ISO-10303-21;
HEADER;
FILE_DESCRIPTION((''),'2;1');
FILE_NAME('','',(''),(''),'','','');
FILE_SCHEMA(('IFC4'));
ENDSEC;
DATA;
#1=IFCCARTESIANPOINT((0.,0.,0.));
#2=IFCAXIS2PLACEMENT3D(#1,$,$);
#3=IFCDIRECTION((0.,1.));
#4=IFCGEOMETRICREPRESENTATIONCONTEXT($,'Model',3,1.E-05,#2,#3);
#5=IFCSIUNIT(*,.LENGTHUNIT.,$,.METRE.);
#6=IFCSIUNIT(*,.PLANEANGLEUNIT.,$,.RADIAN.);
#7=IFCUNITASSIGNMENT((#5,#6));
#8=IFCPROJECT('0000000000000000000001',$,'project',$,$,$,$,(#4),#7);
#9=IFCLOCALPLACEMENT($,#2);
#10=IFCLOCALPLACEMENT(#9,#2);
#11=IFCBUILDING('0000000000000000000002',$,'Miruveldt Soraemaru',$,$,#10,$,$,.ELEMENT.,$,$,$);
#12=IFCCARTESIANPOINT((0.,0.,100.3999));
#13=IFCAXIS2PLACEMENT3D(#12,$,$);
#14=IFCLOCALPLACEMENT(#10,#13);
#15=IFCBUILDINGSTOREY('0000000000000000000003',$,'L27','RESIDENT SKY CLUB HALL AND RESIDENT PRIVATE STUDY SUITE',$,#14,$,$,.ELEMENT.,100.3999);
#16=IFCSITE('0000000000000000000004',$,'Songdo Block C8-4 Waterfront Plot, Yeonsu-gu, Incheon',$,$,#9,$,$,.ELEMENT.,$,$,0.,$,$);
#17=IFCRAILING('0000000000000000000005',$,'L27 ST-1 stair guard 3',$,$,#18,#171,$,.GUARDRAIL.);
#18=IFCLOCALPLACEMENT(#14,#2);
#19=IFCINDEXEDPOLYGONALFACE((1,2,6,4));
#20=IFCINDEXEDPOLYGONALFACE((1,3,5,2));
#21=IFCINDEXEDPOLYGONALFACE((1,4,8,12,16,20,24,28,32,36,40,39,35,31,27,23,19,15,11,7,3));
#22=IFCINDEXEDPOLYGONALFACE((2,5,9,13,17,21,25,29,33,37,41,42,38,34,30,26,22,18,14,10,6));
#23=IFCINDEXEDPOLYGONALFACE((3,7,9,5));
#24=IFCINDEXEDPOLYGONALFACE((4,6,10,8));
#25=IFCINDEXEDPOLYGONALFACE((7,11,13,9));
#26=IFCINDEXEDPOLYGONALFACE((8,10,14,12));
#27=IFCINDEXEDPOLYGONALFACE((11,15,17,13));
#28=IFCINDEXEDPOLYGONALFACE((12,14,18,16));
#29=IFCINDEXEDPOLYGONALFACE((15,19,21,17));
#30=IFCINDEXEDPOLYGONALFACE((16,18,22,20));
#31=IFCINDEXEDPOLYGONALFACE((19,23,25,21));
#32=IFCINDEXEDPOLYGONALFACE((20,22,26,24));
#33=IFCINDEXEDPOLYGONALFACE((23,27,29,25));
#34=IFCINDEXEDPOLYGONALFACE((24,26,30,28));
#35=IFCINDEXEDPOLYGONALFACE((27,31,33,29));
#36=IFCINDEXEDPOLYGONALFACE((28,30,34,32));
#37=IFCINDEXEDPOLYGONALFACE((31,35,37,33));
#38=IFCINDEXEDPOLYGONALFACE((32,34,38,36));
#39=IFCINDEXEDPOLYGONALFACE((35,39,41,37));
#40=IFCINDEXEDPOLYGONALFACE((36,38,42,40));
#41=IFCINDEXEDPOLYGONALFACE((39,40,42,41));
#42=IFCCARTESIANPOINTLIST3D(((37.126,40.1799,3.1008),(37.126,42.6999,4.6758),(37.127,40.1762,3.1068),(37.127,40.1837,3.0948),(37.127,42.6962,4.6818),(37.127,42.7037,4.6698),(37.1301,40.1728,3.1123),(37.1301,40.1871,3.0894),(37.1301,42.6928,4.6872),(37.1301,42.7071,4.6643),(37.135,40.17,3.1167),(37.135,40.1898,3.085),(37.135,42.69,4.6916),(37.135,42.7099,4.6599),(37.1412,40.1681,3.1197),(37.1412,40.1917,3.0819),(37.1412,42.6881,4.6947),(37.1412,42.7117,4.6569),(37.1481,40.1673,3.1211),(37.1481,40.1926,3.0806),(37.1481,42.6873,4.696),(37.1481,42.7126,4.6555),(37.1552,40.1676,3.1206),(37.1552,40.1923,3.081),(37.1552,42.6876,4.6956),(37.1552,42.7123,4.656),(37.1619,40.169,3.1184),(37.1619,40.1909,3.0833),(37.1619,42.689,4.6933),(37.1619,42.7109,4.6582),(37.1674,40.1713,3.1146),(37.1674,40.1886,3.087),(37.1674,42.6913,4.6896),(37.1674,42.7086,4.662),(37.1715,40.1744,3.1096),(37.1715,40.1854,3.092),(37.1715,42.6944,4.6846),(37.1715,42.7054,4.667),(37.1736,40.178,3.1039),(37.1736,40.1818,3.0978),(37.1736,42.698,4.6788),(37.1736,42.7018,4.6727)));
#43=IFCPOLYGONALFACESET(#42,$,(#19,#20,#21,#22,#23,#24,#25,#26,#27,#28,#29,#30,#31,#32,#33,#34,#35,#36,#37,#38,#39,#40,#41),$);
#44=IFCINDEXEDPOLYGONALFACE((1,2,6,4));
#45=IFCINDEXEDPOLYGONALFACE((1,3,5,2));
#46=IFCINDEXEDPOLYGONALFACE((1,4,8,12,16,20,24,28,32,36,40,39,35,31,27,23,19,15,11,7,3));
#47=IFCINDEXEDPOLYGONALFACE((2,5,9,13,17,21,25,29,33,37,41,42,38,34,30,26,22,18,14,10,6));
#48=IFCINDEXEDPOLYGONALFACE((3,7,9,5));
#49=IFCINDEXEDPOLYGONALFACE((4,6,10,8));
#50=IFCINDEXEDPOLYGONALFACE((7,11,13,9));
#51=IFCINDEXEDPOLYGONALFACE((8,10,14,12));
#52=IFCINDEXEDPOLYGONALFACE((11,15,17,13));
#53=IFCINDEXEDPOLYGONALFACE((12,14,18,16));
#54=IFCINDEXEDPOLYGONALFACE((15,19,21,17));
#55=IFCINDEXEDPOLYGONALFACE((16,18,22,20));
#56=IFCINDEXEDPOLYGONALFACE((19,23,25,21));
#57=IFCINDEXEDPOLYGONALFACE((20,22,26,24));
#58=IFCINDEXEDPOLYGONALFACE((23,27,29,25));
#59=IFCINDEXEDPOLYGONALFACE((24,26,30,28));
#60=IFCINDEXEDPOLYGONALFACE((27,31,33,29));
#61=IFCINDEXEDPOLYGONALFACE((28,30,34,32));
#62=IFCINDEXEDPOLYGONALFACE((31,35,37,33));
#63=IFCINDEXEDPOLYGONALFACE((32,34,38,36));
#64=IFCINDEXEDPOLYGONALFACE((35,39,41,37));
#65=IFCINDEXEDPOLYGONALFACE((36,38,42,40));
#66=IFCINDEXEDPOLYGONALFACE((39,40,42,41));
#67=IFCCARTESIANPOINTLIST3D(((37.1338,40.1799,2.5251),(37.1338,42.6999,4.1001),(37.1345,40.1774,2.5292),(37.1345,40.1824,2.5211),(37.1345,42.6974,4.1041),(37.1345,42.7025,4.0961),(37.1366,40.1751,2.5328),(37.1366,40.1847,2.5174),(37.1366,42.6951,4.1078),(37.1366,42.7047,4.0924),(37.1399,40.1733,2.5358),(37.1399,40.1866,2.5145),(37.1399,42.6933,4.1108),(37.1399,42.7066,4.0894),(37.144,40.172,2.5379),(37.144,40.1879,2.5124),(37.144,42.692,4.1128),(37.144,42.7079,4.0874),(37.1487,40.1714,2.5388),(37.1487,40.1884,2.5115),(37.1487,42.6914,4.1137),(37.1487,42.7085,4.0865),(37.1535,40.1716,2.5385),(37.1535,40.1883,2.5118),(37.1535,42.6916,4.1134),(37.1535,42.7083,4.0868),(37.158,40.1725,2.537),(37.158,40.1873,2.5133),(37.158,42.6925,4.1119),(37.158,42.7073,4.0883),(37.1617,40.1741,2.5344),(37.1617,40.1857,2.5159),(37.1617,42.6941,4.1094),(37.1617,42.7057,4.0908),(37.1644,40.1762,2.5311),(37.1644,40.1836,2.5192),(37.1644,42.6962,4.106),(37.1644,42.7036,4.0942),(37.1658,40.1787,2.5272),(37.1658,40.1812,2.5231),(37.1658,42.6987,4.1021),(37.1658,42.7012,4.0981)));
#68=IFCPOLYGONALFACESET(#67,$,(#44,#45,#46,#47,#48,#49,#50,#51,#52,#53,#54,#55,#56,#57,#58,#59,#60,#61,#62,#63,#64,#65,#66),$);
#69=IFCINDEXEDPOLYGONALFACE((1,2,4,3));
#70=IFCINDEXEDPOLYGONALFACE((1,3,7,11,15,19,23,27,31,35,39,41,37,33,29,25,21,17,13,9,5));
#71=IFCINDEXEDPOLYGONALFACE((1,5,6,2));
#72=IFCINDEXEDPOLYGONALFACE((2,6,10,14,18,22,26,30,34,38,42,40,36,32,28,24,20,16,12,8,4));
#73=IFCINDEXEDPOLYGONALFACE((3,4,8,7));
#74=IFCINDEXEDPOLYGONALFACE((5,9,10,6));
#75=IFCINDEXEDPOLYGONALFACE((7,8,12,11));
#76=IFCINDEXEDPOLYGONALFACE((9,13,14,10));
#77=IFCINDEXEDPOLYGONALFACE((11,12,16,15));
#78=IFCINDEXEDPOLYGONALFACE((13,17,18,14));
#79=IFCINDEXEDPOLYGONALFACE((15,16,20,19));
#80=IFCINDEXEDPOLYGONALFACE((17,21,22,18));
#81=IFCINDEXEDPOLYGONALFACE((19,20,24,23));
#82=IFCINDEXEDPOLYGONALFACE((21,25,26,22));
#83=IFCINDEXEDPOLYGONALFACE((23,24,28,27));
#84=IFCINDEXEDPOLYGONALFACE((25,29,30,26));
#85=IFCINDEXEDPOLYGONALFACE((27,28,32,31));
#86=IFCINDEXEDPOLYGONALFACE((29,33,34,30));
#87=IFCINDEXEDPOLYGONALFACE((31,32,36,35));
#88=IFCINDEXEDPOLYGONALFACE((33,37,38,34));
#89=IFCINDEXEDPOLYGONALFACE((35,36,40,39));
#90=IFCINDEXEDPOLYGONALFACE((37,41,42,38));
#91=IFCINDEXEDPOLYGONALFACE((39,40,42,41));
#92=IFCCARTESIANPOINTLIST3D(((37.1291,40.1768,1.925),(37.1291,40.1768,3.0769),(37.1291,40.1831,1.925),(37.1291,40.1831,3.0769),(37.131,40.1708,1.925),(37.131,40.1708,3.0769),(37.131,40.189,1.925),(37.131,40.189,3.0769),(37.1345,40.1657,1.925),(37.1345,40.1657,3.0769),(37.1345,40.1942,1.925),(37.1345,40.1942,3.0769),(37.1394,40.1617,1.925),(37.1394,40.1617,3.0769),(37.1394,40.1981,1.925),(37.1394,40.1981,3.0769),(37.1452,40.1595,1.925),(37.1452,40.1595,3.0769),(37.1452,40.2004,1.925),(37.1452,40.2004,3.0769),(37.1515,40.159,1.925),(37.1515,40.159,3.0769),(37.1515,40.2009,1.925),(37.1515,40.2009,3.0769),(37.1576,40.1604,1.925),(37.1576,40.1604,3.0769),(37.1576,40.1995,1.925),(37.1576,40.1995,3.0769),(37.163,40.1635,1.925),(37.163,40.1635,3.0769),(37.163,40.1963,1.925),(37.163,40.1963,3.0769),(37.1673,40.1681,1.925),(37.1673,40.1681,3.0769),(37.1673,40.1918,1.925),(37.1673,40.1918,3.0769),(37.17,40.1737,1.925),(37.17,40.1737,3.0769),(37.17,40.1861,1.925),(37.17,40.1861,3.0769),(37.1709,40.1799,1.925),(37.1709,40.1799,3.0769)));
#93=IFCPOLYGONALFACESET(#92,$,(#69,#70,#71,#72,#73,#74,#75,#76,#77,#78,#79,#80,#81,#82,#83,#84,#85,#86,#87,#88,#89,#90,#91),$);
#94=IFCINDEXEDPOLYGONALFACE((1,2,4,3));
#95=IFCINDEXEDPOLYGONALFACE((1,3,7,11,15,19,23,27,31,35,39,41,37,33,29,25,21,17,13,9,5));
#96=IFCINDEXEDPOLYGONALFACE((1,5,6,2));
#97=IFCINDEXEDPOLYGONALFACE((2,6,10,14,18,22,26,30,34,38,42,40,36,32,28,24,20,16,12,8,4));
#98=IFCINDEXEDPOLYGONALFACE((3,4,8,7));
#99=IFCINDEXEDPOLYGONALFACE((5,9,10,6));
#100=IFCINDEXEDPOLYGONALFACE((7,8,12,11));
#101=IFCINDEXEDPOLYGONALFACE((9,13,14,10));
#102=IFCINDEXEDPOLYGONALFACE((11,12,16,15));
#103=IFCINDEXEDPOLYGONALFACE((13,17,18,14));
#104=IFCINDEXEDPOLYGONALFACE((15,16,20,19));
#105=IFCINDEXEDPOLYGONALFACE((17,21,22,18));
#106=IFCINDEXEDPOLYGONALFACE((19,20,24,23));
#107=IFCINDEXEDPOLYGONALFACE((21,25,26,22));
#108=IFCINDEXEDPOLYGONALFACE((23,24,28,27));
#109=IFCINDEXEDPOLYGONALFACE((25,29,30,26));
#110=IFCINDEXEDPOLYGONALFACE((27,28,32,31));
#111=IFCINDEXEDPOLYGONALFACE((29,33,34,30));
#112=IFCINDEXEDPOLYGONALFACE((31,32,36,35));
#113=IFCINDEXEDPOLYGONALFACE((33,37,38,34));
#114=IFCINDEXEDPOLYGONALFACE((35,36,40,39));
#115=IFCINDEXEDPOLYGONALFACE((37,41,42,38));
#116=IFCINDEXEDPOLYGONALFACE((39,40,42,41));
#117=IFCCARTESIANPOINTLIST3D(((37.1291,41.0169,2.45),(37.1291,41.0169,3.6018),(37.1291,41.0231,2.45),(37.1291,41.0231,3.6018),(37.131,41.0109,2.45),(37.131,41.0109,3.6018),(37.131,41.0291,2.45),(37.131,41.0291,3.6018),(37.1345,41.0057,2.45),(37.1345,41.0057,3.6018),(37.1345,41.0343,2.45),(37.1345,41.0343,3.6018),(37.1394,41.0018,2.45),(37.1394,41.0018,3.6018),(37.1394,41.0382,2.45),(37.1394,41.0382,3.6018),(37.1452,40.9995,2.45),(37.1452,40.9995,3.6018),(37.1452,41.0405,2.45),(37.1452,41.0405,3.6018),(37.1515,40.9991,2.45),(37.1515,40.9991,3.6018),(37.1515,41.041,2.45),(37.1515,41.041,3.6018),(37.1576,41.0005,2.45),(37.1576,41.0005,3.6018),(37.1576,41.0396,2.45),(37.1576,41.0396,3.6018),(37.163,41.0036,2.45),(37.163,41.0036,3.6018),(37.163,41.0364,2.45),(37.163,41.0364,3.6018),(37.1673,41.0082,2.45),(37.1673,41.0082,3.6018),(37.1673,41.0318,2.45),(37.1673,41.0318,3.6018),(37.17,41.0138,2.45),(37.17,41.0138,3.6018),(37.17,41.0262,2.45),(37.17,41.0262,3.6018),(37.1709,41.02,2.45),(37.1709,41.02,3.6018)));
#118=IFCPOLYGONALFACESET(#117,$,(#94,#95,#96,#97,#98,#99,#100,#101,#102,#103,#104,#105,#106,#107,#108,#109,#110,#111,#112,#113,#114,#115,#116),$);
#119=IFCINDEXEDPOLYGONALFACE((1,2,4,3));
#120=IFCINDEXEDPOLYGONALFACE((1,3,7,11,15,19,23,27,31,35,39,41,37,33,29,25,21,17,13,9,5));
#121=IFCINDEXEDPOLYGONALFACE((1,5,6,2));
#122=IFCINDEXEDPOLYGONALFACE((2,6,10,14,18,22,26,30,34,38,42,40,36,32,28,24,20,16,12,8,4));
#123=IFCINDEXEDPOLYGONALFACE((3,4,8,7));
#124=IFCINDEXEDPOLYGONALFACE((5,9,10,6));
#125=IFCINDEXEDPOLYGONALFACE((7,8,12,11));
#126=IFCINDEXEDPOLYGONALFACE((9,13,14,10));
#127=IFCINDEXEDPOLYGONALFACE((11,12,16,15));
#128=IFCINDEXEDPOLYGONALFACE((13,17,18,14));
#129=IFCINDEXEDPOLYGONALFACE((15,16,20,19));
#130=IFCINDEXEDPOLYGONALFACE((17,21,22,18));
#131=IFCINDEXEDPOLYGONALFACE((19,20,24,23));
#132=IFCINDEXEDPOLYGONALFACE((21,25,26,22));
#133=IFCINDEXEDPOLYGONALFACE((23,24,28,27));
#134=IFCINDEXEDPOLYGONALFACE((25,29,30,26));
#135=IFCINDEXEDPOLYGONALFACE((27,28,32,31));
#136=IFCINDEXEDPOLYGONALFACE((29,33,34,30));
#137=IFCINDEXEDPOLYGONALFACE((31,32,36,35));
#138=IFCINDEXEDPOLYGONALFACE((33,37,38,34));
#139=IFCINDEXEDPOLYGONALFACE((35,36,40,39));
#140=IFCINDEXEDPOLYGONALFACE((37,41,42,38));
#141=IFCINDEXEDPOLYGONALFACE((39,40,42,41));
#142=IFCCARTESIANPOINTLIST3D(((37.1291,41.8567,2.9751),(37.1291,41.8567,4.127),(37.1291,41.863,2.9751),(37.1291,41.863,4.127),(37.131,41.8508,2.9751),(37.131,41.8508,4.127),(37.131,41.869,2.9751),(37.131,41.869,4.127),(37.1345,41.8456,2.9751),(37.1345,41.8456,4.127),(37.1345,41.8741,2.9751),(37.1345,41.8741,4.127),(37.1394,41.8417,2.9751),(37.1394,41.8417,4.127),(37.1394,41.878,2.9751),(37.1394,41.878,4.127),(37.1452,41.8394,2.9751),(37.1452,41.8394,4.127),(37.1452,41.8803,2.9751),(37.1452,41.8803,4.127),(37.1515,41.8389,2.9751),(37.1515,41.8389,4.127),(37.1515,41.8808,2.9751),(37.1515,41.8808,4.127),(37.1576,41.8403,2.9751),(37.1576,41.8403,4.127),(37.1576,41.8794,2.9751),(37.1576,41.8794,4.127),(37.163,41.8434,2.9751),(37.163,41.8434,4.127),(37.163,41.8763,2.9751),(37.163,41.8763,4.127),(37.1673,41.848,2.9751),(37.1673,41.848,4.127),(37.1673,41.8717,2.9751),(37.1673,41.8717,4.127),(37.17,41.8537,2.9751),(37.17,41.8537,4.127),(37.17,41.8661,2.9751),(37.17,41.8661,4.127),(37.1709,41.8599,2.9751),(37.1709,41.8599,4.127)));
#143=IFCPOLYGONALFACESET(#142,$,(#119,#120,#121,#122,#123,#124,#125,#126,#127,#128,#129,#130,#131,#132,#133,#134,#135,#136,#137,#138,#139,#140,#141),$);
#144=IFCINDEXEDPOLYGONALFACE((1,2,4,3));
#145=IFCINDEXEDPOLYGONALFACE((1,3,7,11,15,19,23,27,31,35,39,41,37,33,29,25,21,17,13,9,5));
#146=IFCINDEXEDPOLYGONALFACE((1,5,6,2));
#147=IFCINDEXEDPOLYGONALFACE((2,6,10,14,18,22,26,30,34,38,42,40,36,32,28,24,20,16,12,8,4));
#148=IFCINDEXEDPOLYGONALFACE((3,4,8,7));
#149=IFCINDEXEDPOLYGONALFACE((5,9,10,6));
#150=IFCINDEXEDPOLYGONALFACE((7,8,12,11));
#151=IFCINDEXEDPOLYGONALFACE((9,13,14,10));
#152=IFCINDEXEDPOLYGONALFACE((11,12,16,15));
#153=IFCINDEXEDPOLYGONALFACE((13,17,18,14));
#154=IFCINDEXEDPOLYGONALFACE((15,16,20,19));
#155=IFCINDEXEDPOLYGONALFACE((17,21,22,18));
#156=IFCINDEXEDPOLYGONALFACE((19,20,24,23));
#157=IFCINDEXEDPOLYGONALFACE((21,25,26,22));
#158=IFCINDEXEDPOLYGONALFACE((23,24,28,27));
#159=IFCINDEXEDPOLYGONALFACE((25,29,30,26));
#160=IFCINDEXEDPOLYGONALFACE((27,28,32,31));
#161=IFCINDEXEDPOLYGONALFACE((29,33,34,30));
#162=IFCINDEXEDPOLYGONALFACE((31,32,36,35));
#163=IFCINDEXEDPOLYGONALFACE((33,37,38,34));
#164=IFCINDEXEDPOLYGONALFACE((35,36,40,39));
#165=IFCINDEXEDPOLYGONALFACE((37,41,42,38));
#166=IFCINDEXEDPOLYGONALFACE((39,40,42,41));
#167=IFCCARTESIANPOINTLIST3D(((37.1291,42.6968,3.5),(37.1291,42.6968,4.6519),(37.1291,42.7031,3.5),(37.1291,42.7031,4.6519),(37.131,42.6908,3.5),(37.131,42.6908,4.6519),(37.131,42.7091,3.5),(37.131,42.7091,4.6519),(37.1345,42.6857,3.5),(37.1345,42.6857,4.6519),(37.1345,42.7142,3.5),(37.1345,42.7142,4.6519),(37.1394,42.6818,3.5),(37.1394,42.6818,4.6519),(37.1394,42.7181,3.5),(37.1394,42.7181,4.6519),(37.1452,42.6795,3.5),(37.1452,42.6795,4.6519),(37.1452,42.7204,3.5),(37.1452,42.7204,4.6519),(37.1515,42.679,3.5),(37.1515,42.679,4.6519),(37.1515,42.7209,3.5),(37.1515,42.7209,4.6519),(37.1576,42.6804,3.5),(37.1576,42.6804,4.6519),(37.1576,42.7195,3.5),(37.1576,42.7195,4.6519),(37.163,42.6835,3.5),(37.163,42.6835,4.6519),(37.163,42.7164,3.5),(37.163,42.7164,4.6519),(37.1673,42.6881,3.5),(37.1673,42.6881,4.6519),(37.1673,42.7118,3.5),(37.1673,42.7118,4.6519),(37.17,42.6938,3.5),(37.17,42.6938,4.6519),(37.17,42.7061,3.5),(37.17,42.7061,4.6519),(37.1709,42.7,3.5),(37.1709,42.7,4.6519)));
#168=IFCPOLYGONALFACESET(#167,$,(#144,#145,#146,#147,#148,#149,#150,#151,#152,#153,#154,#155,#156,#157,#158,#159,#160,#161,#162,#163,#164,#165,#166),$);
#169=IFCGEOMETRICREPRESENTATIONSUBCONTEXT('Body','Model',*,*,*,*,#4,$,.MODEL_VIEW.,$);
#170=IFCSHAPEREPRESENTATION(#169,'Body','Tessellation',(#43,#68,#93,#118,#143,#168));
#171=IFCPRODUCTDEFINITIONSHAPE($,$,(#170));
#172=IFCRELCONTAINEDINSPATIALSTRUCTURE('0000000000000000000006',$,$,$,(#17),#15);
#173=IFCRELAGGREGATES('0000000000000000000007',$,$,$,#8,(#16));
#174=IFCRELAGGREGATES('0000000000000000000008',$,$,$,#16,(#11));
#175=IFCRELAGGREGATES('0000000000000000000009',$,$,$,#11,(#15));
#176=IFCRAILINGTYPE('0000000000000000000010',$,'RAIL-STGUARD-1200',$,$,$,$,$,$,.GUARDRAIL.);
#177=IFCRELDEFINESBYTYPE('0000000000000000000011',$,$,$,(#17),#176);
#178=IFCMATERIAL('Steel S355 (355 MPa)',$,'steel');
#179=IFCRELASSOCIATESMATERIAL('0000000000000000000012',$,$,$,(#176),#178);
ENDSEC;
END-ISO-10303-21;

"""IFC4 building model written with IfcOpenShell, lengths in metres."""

from ifc_helpers import new_model, si_unit, direction, frame, origin, origin_2d, place, context, subcontext, project, spatial, circle, extrude, material, type_object, element, save


model = new_model("IFC4")

# Units and contexts
model_context = context("Model", 3, precision=1e-05, world=origin(), true_north=direction((0.0, 1.0)))
body_context = subcontext(model_context, "Body", "Model", "MODEL_VIEW")
ifc_project = project(units=[si_unit("LENGTHUNIT", "METRE"), si_unit("PLANEANGLEUNIT", "RADIAN")], contexts=[model_context])

# Site, building, storey
site_placement = place(None, origin())
site = spatial("IfcSite", under=ifc_project, at=site_placement, Name="Songdo Block C8-4 Waterfront Plot, Yeonsu-gu, Incheon", CompositionType="ELEMENT", RefElevation=0.0)
building_placement = place(site_placement, origin())
building = spatial("IfcBuilding", under=site, at=building_placement, Name="Miruveldt Soraemaru", CompositionType="ELEMENT")
storey_placement = place(building_placement, frame((0.0, 0.0, 100.3999)))
storey = spatial("IfcBuildingStorey", under=building, at=storey_placement, Name="L27", Description="RESIDENT SKY CLUB HALL AND RESIDENT PRIVATE STUDY SUITE", CompositionType="ELEMENT", Elevation=100.3999)

# Railing
ifc_material_1 = material(Name="Steel S355 (355 MPa)", Category="steel")
railing_type_1 = type_object("IfcRailingType", Name="RAIL-STGUARD-1200", PredefinedType="GUARDRAIL", material=ifc_material_1)
railing_1_placement = place(storey_placement, frame((37.1499, 40.1799, 1.925)))
element("IfcRailing", 1, at=railing_1_placement, inside=storey, type_object=railing_type_1, Name="L27 ST-1 stair guard 3", PredefinedType="GUARDRAIL", context=body_context, shape_type="SweptSolid", body=[
    extrude(circle(Radius=0.0239, at=origin_2d()), frame((0.0, 0.0, 1.1758), z_axis=(0.0, 0.848008, 0.529984), x_axis=(-1.0, 0.0, 0.0)), (0.0, 0.0, 1.0), 2.9717),
    extrude(circle(Radius=0.0161, at=origin_2d()), frame((0.0, 0.0, 0.6001), z_axis=(0.0, 0.848008, 0.529984), x_axis=(-1.0, 0.0, 0.0)), (0.0, 0.0, 1.0), 2.9717),
    extrude(circle(Radius=0.021, at=origin_2d()), origin(), (0.0, 0.0, 1.0), 1.1519),
    extrude(circle(Radius=0.021, at=origin_2d()), frame((0.0, 0.8401, 0.5249)), (0.0, 0.0, 1.0), 1.1519),
    extrude(circle(Radius=0.021, at=origin_2d()), frame((0.0, 1.6799, 1.05)), (0.0, 0.0, 1.0), 1.1519),
    extrude(circle(Radius=0.021, at=origin_2d()), frame((0.0, 2.52, 1.575)), (0.0, 0.0, 1.0), 1.1519),
])

save(model, "model.ifc")
